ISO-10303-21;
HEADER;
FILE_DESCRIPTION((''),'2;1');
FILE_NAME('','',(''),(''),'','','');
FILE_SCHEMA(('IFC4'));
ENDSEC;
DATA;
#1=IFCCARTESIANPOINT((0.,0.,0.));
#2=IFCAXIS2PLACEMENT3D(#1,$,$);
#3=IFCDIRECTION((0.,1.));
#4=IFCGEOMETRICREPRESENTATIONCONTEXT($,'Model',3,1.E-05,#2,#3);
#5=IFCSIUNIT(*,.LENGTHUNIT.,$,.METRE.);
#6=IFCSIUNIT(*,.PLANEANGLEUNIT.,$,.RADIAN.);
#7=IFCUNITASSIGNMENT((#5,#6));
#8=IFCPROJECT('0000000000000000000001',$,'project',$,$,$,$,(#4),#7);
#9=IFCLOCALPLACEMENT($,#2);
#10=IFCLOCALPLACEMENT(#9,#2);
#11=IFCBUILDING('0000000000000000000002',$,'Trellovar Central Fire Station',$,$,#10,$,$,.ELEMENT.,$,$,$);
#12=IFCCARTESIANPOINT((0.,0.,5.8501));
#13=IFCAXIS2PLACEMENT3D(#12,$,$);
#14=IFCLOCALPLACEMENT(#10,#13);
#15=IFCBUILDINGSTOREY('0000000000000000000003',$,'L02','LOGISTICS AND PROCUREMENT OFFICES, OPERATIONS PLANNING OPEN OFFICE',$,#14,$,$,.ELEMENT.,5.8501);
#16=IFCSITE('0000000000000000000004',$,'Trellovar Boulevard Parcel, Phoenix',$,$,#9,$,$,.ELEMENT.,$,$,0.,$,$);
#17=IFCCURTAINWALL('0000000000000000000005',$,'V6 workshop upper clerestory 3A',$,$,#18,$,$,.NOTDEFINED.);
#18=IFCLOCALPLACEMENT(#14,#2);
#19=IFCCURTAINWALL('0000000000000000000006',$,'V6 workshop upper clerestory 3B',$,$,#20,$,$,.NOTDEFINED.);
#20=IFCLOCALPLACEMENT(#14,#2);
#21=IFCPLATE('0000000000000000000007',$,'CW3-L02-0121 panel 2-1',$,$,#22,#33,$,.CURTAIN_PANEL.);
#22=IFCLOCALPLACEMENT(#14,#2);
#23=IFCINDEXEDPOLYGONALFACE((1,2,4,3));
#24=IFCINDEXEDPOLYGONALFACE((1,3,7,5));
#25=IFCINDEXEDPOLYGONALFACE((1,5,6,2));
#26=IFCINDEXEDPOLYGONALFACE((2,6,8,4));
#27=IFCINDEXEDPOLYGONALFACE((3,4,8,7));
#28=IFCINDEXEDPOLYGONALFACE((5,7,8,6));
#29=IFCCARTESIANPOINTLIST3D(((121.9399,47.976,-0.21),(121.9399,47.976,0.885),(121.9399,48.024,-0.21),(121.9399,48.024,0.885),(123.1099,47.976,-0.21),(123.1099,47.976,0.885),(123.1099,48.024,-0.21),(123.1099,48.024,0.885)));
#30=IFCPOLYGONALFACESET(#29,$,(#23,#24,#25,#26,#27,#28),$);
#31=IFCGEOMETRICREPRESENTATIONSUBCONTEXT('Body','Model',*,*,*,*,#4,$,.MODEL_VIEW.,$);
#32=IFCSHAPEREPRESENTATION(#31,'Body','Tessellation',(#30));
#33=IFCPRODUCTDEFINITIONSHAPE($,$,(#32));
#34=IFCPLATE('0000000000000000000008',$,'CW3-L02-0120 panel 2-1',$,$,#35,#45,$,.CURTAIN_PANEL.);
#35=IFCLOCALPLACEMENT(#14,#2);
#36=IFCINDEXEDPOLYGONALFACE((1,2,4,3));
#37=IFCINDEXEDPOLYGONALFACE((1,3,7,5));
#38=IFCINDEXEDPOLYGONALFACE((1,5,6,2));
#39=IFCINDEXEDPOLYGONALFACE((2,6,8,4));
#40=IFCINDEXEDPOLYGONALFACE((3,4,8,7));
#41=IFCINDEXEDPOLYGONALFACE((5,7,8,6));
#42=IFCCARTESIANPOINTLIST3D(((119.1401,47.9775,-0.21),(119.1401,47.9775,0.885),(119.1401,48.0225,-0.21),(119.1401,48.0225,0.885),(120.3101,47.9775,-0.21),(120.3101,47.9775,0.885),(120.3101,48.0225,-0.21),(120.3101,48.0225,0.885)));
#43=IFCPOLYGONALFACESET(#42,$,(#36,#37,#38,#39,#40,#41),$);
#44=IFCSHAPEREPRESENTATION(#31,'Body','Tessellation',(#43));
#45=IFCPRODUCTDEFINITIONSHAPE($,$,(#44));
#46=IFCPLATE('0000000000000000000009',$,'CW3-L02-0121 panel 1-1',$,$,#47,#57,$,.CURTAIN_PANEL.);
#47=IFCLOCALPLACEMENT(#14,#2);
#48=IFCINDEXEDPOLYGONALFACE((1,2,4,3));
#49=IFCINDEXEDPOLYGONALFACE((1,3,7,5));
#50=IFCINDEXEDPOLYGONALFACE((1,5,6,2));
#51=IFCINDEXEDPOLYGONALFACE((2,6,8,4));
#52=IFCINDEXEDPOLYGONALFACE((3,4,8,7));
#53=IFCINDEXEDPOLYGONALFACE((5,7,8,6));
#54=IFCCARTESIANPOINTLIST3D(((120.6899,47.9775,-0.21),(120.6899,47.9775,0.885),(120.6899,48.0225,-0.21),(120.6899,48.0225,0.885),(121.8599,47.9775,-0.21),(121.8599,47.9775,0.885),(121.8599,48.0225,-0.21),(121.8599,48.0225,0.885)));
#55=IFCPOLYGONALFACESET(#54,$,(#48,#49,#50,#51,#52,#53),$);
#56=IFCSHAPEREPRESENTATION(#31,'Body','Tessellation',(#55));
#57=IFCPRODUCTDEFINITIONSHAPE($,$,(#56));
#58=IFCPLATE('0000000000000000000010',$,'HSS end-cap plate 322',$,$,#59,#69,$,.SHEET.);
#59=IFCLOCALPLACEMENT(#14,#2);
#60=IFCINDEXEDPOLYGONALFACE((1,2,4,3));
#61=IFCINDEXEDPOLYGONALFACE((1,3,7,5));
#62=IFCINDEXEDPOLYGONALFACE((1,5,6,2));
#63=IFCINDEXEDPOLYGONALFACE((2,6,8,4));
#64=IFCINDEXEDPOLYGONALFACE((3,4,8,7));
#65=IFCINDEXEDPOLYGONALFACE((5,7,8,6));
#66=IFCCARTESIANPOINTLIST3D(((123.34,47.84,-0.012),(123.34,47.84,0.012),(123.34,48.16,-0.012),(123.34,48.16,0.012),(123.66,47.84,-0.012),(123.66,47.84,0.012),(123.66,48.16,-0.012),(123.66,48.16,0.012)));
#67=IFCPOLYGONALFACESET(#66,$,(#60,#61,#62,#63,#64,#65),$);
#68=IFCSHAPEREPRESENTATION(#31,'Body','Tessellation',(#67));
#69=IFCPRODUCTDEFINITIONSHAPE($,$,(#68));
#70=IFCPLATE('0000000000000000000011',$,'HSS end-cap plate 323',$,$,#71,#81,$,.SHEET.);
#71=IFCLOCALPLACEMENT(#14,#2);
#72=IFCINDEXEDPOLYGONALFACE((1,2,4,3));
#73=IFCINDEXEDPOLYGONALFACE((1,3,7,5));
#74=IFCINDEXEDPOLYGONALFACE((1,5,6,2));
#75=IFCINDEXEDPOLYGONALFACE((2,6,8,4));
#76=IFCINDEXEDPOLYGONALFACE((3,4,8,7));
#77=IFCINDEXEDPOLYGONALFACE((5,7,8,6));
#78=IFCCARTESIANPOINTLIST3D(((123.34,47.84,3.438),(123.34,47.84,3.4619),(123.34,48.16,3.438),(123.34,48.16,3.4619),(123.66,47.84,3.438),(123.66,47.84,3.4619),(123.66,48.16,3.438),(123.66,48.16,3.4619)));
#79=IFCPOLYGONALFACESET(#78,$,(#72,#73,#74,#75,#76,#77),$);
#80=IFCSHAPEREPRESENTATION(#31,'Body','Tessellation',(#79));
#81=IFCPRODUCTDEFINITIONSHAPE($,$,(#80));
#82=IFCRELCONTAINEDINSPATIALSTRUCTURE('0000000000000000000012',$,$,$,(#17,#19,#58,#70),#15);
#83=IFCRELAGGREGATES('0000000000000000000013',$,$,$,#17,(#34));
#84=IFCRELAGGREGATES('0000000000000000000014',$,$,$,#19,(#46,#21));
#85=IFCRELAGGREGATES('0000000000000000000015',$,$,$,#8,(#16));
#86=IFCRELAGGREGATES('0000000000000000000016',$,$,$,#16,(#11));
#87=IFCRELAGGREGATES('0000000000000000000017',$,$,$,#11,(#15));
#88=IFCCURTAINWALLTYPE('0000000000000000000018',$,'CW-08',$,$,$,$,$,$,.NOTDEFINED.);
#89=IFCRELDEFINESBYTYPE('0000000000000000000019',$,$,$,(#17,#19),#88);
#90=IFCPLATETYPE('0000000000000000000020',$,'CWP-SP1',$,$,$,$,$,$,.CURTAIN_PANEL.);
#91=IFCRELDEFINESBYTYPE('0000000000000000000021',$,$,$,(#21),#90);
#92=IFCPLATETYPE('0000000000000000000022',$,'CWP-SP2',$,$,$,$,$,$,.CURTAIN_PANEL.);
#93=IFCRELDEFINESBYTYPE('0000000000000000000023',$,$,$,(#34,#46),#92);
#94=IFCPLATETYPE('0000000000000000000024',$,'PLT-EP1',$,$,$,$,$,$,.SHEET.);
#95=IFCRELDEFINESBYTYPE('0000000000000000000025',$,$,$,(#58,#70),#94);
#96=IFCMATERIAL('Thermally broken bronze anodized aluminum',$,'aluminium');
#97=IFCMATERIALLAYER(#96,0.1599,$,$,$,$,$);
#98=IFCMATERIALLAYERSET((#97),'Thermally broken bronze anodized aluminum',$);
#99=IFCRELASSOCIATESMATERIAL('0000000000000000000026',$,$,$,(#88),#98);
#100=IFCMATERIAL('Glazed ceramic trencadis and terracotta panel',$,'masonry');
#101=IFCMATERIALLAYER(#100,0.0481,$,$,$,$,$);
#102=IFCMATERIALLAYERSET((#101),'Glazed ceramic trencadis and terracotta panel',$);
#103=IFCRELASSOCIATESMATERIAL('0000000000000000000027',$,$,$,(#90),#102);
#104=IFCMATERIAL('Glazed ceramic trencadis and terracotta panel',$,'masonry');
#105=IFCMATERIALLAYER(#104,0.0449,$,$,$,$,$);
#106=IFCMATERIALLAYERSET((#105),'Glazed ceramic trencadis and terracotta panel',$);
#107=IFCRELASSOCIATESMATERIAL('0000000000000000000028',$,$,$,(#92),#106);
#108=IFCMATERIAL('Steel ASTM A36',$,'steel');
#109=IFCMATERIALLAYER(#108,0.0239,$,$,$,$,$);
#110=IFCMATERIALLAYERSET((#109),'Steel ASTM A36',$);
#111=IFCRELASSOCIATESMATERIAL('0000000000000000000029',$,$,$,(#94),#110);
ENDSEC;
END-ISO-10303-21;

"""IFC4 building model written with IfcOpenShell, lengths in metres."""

from ifc_helpers import new_model, si_unit, direction, frame, origin, origin_2d, place, context, subcontext, project, spatial, rectangle, extrude, material, layer, layer_set, type_object, element, aggregate, save


model = new_model("IFC4")

# Units and contexts
model_context = context("Model", 3, precision=1e-05, world=origin(), true_north=direction((0.0, 1.0)))
body_context = subcontext(model_context, "Body", "Model", "MODEL_VIEW")
ifc_project = project(units=[si_unit("LENGTHUNIT", "METRE"), si_unit("PLANEANGLEUNIT", "RADIAN")], contexts=[model_context])

# Site, building, storey
site_placement = place(None, origin())
site = spatial("IfcSite", under=ifc_project, at=site_placement, Name="Trellovar Boulevard Parcel, Phoenix", CompositionType="ELEMENT", RefElevation=0.0)
building_placement = place(site_placement, origin())
building = spatial("IfcBuilding", under=site, at=building_placement, Name="Trellovar Central Fire Station", CompositionType="ELEMENT")
storey_placement = place(building_placement, frame((0.0, 0.0, 5.8501)))
storey = spatial("IfcBuildingStorey", under=building, at=storey_placement, Name="L02", Description="LOGISTICS AND PROCUREMENT OFFICES, OPERATIONS PLANNING OPEN OFFICE", CompositionType="ELEMENT", Elevation=5.8501)

# Curtain walls
ifc_material_1 = material(Name="Thermally broken bronze anodized aluminum", Category="aluminium")
ifc_layer_1 = layer(ifc_material_1, 0.1599)
ifc_layer_set_1 = layer_set([ifc_layer_1], Name="Thermally broken bronze anodized aluminum")
curtain_wall_type = type_object("IfcCurtainWallType", Name="CW-08", PredefinedType="NOTDEFINED", material=ifc_layer_set_1)
curtain_wall_1_placement = place(storey_placement, origin())
curtain_wall_1 = element("IfcCurtainWall", 1, at=curtain_wall_1_placement, inside=storey, type_object=curtain_wall_type, Name="V6 workshop upper clerestory 3A", PredefinedType="NOTDEFINED")
curtain_wall_2_placement = place(storey_placement, origin())
curtain_wall_2 = element("IfcCurtainWall", 2, at=curtain_wall_2_placement, inside=storey, type_object=curtain_wall_type, Name="V6 workshop upper clerestory 3B", PredefinedType="NOTDEFINED")

# Plates
ifc_material_2 = material(Name="Glazed ceramic trencadis and terracotta panel", Category="masonry")
ifc_layer_2 = layer(ifc_material_2, 0.0481)
ifc_layer_set_2 = layer_set([ifc_layer_2], Name="Glazed ceramic trencadis and terracotta panel")
plate_type_1 = type_object("IfcPlateType", Name="CWP-SP1", PredefinedType="CURTAIN_PANEL", material=ifc_layer_set_2)
plate_1_placement = place(storey_placement, frame((122.5249, 48.0, -0.21), z_axis=(0.0, 0.0, 1.0), x_axis=(1.0, 0.0, 0.0)))
plate_1 = element("IfcPlate", 3, at=plate_1_placement, type_object=plate_type_1, Name="CW3-L02-0121 panel 2-1", PredefinedType="CURTAIN_PANEL", context=body_context, shape_type="SweptSolid", body=[
    extrude(rectangle(XDim=1.1699, YDim=0.0481, at=origin_2d()), origin(), (0.0, 0.0, 1.0), 1.095),
])
ifc_material_3 = material(Name="Glazed ceramic trencadis and terracotta panel", Category="masonry")
ifc_layer_3 = layer(ifc_material_3, 0.0449)
ifc_layer_set_3 = layer_set([ifc_layer_3], Name="Glazed ceramic trencadis and terracotta panel")
plate_type_2 = type_object("IfcPlateType", Name="CWP-SP2", PredefinedType="CURTAIN_PANEL", material=ifc_layer_set_3)
plate_2_placement = place(storey_placement, frame((119.7251, 48.0, -0.21), z_axis=(0.0, 0.0, 1.0), x_axis=(1.0, 0.0, 0.0)))
plate_2 = element("IfcPlate", 4, at=plate_2_placement, type_object=plate_type_2, Name="CW3-L02-0120 panel 2-1", PredefinedType="CURTAIN_PANEL", context=body_context, shape_type="SweptSolid", body=[
    extrude(rectangle(XDim=1.1699, YDim=0.0449, at=origin_2d()), origin(), (0.0, 0.0, 1.0), 1.095),
])
aggregate(curtain_wall_1, [plate_2])
plate_3_placement = place(storey_placement, frame((121.2749, 48.0, -0.21), z_axis=(0.0, 0.0, 1.0), x_axis=(1.0, 0.0, 0.0)))
plate_3 = element("IfcPlate", 5, at=plate_3_placement, type_object=plate_type_2, Name="CW3-L02-0121 panel 1-1", PredefinedType="CURTAIN_PANEL", context=body_context, shape_type="SweptSolid", body=[
    extrude(rectangle(XDim=1.1699, YDim=0.0449, at=origin_2d()), origin(), (0.0, 0.0, 1.0), 1.095),
])
aggregate(curtain_wall_2, [plate_3, plate_1])

# Plates
ifc_material_4 = material(Name="Steel ASTM A36", Category="steel")
ifc_layer_4 = layer(ifc_material_4, 0.0239)
ifc_layer_set_4 = layer_set([ifc_layer_4], Name="Steel ASTM A36")
plate_type_3 = type_object("IfcPlateType", Name="PLT-EP1", PredefinedType="SHEET", material=ifc_layer_set_4)
for number, where, z_axis, x_axis, name in (
    (6, (123.5, 48.0, -0.012), (0.0, 0.0, 1.0), (1.0, 0.0, 0.0), "HSS end-cap plate 322"),
    (7, (123.5, 48.0, 3.438), (0.0, 0.0, 1.0), (1.0, 0.0, 0.0), "HSS end-cap plate 323"),
):
    element("IfcPlate", number, at=place(storey_placement, frame(where, z_axis=z_axis, x_axis=x_axis)), inside=storey, type_object=plate_type_3, Name=name, PredefinedType="SHEET", context=body_context, shape_type="SweptSolid", body=[
        extrude(rectangle(XDim=0.3201, YDim=0.3201, at=origin_2d()), origin(), (0.0, 0.0, 1.0), 0.0239),
    ])

save(model, "model.ifc")
